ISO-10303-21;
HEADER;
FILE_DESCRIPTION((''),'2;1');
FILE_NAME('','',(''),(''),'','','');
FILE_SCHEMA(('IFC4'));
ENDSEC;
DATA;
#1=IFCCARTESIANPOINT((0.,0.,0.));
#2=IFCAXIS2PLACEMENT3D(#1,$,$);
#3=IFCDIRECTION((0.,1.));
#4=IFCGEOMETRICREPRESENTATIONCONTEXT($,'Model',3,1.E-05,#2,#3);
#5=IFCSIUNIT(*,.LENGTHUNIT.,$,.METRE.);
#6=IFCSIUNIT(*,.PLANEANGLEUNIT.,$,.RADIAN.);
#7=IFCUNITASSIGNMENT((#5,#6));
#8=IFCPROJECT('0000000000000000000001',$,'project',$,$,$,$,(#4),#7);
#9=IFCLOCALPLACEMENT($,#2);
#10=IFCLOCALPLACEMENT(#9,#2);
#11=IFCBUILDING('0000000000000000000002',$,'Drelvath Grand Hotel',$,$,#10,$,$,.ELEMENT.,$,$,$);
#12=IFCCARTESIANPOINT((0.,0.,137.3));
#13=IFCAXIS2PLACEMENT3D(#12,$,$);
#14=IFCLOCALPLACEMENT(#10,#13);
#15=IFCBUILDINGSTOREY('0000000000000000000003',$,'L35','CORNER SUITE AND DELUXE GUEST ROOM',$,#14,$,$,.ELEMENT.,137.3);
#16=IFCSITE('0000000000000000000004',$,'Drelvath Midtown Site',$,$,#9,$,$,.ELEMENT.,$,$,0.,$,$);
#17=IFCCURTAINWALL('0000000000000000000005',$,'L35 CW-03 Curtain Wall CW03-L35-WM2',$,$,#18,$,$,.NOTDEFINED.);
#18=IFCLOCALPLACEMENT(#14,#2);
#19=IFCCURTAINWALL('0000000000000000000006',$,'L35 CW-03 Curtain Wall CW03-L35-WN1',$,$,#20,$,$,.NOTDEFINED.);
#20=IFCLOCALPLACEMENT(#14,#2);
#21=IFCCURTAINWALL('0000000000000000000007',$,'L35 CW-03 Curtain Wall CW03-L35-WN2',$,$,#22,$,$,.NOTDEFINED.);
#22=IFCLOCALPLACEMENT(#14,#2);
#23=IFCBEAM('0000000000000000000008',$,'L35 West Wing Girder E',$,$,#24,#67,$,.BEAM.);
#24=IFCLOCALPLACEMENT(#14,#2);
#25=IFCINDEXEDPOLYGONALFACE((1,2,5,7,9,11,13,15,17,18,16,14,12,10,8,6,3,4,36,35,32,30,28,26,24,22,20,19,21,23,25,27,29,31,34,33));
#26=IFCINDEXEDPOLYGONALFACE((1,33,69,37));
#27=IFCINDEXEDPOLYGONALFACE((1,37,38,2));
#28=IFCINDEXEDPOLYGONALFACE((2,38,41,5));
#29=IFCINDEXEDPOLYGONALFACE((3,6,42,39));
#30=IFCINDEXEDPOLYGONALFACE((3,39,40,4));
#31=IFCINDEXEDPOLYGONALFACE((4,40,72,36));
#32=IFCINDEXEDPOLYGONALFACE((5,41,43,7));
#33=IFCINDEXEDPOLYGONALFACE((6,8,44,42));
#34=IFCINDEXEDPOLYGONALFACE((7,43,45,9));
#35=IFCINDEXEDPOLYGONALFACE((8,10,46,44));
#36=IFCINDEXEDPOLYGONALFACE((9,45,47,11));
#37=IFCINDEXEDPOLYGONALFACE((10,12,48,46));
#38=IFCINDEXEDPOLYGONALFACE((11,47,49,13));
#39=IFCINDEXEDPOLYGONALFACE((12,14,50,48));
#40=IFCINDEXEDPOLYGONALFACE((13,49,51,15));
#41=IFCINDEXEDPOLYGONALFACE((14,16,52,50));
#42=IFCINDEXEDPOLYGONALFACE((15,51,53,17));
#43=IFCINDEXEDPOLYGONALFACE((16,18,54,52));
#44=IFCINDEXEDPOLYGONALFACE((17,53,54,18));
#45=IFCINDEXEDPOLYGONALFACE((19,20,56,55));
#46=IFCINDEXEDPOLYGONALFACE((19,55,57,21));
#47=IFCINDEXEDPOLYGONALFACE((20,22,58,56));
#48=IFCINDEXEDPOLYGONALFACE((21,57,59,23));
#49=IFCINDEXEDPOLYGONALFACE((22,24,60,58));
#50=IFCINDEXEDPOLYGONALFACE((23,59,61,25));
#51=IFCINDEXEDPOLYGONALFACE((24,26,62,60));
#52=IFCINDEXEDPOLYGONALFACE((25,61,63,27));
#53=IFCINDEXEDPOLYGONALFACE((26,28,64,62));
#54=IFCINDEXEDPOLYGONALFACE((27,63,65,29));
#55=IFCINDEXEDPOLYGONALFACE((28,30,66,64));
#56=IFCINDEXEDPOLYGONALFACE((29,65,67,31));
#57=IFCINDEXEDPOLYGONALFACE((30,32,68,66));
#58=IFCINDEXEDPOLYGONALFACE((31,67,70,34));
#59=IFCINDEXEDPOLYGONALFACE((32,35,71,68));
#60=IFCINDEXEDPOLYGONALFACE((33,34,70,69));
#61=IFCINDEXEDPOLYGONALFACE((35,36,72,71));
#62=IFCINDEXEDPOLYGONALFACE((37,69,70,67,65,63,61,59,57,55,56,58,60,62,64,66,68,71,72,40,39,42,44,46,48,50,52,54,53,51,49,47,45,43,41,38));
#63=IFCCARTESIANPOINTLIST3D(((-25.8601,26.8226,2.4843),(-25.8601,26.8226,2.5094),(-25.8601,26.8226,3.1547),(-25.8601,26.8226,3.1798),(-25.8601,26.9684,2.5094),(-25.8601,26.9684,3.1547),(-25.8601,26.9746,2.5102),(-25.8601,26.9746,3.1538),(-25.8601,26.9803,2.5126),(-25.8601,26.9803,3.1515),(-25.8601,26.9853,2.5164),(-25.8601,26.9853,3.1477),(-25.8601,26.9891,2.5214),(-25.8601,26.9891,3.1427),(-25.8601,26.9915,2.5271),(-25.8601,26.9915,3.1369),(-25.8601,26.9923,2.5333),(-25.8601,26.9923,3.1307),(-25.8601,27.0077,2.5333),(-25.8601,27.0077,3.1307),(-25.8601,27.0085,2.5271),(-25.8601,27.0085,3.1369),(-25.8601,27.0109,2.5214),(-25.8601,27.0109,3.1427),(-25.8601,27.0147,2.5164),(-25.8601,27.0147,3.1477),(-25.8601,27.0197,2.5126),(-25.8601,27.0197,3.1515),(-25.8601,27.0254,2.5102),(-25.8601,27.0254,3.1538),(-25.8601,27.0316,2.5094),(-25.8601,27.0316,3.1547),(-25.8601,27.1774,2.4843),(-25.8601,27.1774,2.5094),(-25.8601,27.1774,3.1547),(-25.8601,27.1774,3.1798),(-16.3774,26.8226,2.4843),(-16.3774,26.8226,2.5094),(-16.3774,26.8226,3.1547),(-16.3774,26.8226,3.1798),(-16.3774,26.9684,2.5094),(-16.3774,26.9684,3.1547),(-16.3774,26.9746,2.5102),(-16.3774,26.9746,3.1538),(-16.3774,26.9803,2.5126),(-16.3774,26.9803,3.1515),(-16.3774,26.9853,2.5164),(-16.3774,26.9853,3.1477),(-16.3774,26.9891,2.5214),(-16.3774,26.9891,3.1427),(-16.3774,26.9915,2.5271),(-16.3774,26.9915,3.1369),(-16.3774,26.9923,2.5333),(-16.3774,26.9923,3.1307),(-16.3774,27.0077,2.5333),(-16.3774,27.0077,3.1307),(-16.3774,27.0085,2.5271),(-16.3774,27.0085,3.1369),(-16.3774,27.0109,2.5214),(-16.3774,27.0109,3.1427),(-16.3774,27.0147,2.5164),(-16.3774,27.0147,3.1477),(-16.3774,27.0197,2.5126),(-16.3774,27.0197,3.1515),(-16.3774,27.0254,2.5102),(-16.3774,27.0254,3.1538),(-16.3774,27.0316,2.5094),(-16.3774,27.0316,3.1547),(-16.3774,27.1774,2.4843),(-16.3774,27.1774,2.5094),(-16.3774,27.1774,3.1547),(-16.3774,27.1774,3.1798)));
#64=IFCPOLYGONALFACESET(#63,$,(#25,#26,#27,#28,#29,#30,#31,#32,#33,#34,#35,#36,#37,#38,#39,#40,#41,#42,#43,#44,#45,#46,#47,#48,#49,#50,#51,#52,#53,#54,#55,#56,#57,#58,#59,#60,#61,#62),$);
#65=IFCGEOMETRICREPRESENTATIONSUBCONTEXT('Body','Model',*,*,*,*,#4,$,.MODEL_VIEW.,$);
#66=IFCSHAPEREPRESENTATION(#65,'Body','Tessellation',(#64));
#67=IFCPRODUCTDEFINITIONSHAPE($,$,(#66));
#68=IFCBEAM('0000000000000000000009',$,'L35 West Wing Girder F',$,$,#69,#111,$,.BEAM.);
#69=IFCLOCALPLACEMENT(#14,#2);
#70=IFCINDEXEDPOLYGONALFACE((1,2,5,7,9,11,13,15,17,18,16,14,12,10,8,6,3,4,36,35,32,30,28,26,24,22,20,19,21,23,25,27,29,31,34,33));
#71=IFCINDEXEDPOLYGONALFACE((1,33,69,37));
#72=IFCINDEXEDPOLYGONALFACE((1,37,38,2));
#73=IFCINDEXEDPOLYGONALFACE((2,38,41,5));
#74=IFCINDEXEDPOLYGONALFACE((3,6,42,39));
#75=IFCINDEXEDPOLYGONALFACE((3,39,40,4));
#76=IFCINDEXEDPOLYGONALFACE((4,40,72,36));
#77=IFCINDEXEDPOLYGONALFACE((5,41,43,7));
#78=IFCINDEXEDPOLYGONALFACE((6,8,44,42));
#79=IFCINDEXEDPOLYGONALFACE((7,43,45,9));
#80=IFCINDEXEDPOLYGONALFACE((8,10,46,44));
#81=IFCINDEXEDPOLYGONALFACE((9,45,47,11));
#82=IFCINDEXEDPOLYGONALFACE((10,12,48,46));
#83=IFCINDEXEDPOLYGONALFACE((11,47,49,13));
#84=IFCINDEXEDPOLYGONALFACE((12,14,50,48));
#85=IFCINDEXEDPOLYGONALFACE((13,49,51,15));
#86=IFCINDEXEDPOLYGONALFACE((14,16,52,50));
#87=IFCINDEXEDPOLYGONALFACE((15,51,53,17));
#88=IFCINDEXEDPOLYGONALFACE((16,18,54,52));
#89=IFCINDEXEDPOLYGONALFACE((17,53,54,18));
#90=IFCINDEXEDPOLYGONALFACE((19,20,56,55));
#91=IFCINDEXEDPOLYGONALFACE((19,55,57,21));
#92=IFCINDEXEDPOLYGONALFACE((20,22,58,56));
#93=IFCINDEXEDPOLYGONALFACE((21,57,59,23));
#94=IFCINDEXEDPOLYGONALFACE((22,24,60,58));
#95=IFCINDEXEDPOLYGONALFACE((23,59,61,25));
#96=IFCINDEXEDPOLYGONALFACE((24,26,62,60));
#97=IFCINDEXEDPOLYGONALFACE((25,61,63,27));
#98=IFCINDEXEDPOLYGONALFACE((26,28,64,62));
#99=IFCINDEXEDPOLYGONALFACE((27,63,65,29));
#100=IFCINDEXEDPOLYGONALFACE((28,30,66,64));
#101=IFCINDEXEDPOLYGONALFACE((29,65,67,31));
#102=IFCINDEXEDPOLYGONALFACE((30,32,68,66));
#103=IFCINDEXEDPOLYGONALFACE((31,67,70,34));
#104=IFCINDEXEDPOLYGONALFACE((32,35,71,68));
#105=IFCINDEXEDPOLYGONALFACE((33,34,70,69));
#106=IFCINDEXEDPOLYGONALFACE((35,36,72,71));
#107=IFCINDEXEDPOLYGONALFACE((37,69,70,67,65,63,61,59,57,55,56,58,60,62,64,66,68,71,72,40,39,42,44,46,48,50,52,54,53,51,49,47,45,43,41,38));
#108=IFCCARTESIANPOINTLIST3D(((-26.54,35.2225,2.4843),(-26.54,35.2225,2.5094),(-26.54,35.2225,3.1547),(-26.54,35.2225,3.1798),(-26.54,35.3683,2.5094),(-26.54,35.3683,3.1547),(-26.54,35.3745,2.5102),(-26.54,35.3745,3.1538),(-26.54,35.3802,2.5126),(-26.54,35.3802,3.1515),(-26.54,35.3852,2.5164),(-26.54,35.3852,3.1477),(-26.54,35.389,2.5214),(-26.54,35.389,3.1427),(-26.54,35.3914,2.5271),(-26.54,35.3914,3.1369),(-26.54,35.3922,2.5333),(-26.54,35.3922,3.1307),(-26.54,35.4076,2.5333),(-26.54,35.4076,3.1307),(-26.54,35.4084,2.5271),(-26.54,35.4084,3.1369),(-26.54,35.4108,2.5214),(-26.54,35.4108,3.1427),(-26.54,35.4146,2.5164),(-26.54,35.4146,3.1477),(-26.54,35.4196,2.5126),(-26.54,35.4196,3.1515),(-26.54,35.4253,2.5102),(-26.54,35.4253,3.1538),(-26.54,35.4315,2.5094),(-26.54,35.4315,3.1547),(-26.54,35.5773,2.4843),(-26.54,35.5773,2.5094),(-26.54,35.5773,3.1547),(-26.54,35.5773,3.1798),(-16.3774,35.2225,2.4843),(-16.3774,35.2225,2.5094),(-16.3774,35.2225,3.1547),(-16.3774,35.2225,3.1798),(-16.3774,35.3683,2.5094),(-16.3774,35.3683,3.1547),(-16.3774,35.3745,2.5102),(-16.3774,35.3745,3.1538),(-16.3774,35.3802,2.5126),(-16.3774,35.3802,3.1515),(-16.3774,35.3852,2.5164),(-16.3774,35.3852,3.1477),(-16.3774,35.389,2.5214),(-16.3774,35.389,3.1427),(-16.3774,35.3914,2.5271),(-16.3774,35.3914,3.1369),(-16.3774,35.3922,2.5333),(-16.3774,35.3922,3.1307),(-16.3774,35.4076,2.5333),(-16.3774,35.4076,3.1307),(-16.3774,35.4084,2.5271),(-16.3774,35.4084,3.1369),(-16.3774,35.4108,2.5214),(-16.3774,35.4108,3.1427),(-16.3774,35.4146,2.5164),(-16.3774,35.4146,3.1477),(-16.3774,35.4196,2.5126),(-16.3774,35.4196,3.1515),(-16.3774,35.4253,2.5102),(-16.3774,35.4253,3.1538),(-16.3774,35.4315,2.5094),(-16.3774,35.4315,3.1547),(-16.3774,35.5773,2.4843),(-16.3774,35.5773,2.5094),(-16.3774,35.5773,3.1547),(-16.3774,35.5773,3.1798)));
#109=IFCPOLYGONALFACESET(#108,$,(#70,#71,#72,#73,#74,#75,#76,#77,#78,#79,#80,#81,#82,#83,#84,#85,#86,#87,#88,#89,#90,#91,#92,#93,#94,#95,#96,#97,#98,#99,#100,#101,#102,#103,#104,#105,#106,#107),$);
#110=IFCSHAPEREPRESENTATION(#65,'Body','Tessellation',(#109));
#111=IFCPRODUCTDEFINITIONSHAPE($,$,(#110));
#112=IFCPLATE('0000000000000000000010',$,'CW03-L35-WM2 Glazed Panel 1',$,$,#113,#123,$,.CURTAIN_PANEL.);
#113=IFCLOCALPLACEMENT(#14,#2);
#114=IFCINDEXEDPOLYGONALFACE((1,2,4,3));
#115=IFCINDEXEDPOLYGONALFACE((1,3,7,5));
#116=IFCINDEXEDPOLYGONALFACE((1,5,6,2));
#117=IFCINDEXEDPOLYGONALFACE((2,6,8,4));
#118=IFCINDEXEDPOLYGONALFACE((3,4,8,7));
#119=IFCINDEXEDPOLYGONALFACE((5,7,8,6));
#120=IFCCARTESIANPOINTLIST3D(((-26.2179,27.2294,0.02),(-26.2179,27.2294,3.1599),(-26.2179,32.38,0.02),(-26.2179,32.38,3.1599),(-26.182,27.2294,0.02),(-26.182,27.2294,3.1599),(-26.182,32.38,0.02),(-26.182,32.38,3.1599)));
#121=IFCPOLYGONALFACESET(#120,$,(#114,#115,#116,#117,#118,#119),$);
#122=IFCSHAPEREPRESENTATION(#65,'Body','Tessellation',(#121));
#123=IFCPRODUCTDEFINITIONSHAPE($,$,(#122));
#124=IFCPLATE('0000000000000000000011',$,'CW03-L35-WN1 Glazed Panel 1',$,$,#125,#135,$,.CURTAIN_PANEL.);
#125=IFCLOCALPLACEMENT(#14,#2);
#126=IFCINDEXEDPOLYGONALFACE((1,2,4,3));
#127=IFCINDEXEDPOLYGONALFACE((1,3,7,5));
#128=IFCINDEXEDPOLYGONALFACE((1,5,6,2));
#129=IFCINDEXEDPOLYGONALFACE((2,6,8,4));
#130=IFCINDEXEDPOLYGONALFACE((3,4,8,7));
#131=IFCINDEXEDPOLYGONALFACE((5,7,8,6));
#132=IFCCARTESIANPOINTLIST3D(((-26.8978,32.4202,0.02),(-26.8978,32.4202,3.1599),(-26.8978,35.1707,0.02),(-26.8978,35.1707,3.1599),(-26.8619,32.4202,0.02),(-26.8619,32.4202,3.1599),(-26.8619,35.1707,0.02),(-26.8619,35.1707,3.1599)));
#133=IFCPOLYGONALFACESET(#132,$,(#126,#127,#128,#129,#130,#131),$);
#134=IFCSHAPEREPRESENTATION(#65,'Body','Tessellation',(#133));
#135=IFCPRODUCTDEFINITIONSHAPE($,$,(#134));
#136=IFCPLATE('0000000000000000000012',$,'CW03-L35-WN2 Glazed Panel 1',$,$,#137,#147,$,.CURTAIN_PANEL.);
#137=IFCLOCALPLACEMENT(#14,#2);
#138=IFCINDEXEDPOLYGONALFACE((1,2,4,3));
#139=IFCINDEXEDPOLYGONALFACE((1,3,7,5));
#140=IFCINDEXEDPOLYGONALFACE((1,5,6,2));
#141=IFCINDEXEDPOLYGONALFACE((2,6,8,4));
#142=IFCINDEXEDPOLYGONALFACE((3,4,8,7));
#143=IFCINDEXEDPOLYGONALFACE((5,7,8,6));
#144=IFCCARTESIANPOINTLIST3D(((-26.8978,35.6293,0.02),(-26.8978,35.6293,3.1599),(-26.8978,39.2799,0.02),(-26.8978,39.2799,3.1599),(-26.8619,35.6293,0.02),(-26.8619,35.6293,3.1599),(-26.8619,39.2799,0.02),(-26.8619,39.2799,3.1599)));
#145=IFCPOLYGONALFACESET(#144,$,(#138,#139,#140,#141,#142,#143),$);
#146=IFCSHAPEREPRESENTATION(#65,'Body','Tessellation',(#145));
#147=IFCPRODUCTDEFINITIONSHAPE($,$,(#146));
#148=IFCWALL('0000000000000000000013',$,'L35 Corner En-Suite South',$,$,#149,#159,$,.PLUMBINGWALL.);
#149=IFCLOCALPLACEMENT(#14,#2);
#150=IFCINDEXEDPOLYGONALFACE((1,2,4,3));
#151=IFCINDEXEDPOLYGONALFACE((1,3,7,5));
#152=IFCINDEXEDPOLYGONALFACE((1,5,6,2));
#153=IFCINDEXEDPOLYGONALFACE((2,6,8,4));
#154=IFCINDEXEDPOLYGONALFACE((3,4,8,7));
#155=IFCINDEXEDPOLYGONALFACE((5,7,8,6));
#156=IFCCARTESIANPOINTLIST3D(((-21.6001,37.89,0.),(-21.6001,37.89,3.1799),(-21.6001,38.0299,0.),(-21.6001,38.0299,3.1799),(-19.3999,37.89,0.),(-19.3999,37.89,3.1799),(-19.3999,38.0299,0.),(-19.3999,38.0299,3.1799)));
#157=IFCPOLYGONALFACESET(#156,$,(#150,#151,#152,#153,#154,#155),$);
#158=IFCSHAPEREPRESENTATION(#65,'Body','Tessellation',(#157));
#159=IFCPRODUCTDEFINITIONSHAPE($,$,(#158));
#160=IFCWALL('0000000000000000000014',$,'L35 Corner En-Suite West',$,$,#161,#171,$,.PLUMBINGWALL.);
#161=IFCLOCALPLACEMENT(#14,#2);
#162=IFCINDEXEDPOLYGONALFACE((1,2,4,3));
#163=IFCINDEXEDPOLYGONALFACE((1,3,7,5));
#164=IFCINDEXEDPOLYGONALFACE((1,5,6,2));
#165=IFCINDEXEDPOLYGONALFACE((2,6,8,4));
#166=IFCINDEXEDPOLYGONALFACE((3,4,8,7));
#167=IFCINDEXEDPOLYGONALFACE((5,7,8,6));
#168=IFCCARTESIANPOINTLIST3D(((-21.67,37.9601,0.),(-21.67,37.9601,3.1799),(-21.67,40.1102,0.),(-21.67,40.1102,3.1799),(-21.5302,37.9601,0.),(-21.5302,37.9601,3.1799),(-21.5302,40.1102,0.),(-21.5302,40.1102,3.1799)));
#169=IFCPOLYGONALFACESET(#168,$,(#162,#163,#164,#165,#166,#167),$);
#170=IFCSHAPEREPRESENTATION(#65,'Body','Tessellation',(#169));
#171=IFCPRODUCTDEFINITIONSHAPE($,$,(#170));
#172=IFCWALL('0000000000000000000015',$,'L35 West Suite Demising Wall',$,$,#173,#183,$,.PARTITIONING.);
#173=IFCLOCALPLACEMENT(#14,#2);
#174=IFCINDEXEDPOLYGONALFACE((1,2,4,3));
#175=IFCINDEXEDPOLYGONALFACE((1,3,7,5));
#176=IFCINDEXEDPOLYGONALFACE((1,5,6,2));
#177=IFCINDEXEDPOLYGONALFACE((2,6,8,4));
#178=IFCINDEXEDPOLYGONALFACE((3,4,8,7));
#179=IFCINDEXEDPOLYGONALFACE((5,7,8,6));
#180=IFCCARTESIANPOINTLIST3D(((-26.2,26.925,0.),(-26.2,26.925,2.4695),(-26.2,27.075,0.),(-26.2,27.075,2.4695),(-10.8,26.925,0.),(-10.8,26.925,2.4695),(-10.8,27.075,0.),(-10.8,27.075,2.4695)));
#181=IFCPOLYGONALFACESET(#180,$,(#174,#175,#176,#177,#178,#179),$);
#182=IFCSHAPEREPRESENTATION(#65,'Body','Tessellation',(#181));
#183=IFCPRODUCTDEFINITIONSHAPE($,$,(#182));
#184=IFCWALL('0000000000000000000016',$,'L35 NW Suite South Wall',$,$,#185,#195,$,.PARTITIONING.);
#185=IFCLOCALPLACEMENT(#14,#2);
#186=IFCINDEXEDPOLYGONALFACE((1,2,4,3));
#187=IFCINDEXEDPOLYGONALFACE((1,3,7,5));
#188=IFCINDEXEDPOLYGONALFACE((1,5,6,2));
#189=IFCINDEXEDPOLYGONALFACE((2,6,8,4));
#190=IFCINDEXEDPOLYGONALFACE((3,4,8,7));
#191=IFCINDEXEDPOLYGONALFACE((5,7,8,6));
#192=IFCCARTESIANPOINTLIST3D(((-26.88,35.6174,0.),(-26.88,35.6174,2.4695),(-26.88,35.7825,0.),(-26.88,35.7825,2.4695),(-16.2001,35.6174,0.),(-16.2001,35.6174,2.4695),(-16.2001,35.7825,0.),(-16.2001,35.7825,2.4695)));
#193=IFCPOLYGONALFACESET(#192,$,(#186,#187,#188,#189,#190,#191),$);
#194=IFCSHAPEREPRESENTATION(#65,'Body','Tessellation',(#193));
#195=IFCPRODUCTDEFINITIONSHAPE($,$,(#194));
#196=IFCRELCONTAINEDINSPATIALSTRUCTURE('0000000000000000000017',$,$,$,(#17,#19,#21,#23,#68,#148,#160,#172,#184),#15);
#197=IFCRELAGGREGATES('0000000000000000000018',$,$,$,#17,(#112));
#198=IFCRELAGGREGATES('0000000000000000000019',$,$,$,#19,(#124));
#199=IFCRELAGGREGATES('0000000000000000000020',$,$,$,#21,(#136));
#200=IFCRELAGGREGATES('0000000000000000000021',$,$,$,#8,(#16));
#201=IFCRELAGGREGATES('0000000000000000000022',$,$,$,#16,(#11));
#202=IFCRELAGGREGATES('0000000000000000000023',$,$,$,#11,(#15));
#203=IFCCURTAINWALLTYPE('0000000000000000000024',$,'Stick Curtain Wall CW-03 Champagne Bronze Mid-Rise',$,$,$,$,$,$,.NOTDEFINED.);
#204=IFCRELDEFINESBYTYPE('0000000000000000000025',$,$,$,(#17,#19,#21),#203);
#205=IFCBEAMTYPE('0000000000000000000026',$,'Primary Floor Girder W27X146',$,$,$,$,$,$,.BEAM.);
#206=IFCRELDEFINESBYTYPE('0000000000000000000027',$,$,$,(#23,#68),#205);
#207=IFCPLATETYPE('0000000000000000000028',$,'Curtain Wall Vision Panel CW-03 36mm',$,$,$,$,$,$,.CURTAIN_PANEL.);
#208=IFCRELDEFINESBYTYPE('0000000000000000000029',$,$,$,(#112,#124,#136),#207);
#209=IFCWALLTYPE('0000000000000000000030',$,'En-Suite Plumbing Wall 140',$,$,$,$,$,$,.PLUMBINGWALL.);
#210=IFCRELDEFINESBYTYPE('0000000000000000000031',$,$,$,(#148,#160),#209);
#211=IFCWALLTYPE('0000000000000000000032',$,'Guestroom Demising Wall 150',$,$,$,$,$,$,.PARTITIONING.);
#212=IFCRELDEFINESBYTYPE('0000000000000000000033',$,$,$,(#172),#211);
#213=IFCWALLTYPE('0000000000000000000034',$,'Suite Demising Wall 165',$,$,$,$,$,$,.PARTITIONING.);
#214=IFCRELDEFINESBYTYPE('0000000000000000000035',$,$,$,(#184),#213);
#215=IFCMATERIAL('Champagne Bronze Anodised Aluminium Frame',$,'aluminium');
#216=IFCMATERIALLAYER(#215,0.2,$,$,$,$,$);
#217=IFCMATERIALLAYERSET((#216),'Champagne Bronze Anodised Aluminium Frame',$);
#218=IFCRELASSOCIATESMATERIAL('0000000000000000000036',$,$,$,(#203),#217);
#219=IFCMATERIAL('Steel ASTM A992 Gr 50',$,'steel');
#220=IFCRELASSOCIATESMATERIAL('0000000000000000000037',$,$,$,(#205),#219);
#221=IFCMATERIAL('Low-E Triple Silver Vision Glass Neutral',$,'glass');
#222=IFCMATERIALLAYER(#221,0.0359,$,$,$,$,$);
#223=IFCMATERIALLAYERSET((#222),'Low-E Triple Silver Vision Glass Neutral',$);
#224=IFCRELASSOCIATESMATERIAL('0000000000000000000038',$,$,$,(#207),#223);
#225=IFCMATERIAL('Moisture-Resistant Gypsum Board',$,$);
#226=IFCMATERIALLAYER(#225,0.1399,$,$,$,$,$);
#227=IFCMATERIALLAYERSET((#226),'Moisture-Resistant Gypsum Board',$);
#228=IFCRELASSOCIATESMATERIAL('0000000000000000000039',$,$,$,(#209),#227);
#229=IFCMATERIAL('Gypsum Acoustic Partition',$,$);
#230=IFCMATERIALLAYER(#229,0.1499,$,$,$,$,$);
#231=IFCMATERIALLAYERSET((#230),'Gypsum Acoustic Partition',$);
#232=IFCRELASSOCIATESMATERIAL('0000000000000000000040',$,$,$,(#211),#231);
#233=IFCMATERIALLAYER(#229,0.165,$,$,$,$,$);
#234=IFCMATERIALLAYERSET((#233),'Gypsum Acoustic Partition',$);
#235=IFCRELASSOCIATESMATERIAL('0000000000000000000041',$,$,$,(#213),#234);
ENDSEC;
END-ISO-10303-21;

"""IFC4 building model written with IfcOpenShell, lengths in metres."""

from ifc_helpers import new_model, si_unit, direction, frame, frame_2d, origin, origin_2d, place, context, subcontext, project, spatial, rectangle, i_section, extrude, material, layer, layer_set, material_profile, profile_set, type_object, element, aggregate, save


model = new_model("IFC4")

# Units and contexts
model_context = context("Model", 3, precision=1e-05, world=origin(), true_north=direction((0.0, 1.0)))
body_context = subcontext(model_context, "Body", "Model", "MODEL_VIEW")
ifc_project = project(units=[si_unit("LENGTHUNIT", "METRE"), si_unit("PLANEANGLEUNIT", "RADIAN")], contexts=[model_context])

# Site, building, storey
site_placement = place(None, origin())
site = spatial("IfcSite", under=ifc_project, at=site_placement, Name="Drelvath Midtown Site", CompositionType="ELEMENT", RefElevation=0.0)
building_placement = place(site_placement, origin())
building = spatial("IfcBuilding", under=site, at=building_placement, Name="Drelvath Grand Hotel", CompositionType="ELEMENT")
storey_placement = place(building_placement, frame((0.0, 0.0, 137.3)))
storey = spatial("IfcBuildingStorey", under=building, at=storey_placement, Name="L35", Description="CORNER SUITE AND DELUXE GUEST ROOM", CompositionType="ELEMENT", Elevation=137.3)

# Curtain walls
ifc_material_1 = material(Name="Champagne Bronze Anodised Aluminium Frame", Category="aluminium")
ifc_layer_1 = layer(ifc_material_1, 0.2)
ifc_layer_set_1 = layer_set([ifc_layer_1], Name="Champagne Bronze Anodised Aluminium Frame")
curtain_wall_type = type_object("IfcCurtainWallType", Name="Stick Curtain Wall CW-03 Champagne Bronze Mid-Rise", PredefinedType="NOTDEFINED", material=ifc_layer_set_1)
curtain_wall_1_placement = place(storey_placement, origin())
curtain_wall_1 = element("IfcCurtainWall", 1, at=curtain_wall_1_placement, inside=storey, type_object=curtain_wall_type, Name="L35 CW-03 Curtain Wall CW03-L35-WM2", PredefinedType="NOTDEFINED")
curtain_wall_2_placement = place(storey_placement, origin())
curtain_wall_2 = element("IfcCurtainWall", 2, at=curtain_wall_2_placement, inside=storey, type_object=curtain_wall_type, Name="L35 CW-03 Curtain Wall CW03-L35-WN1", PredefinedType="NOTDEFINED")
curtain_wall_3_placement = place(storey_placement, origin())
curtain_wall_3 = element("IfcCurtainWall", 3, at=curtain_wall_3_placement, inside=storey, type_object=curtain_wall_type, Name="L35 CW-03 Curtain Wall CW03-L35-WN2", PredefinedType="NOTDEFINED")

# Beams
ifc_material_2 = material(Name="Steel ASTM A992 Gr 50", Category="steel")
ifc_material_profile_1 = material_profile(ifc_material_2, i_section(OverallWidth=0.3547, OverallDepth=0.6956, WebThickness=0.0154, FlangeThickness=0.0251, FilletRadius=0.0239, at=origin_2d()), Name="W27X146")
ifc_profile_set_1 = profile_set([ifc_material_profile_1], Name="Steel ASTM A992 Gr 50")
beam_type_1 = type_object("IfcBeamType", Name="Primary Floor Girder W27X146", PredefinedType="BEAM", material=ifc_profile_set_1)
beam_1_placement = place(storey_placement, frame((-25.8601, 27.0, 2.832), z_axis=(1.0, 0.0, 0.0), x_axis=(0.0, 1.0, 0.0)))
element("IfcBeam", 4, at=beam_1_placement, inside=storey, type_object=beam_type_1, Name="L35 West Wing Girder E", PredefinedType="BEAM", context=body_context, shape_type="SweptSolid", body=[
    extrude(i_section(OverallWidth=0.3547, OverallDepth=0.6956, WebThickness=0.0154, FlangeThickness=0.0251, FilletRadius=0.0239, at=origin_2d()), origin(), (0.0, 0.0, 1.0), 9.4827),
])
beam_2_placement = place(storey_placement, frame((-26.54, 35.3999, 2.832), z_axis=(1.0, 0.0, 0.0), x_axis=(0.0, 1.0, 0.0)))
element("IfcBeam", 5, at=beam_2_placement, inside=storey, type_object=beam_type_1, Name="L35 West Wing Girder F", PredefinedType="BEAM", context=body_context, shape_type="SweptSolid", body=[
    extrude(i_section(OverallWidth=0.3547, OverallDepth=0.6956, WebThickness=0.0154, FlangeThickness=0.0251, FilletRadius=0.0239, at=origin_2d()), origin(), (0.0, 0.0, 1.0), 10.1626),
])

# Plates
ifc_material_3 = material(Name="Low-E Triple Silver Vision Glass Neutral", Category="glass")
ifc_layer_2 = layer(ifc_material_3, 0.0359)
ifc_layer_set_2 = layer_set([ifc_layer_2], Name="Low-E Triple Silver Vision Glass Neutral")
plate_type = type_object("IfcPlateType", Name="Curtain Wall Vision Panel CW-03 36mm", PredefinedType="CURTAIN_PANEL", material=ifc_layer_set_2)
plate_1_placement = place(storey_placement, frame((-26.2, 29.8047, 0.02), z_axis=(0.0, 0.0, 1.0), x_axis=(0.0, 1.0, 0.0)))
plate_1 = element("IfcPlate", 6, at=plate_1_placement, type_object=plate_type, Name="CW03-L35-WM2 Glazed Panel 1", PredefinedType="CURTAIN_PANEL", context=body_context, shape_type="SweptSolid", body=[
    extrude(rectangle(XDim=5.1506, YDim=0.0359, at=origin_2d()), origin(), (0.0, 0.0, 1.0), 3.1399),
])
aggregate(curtain_wall_1, [plate_1])
plate_2_placement = place(storey_placement, frame((-26.8799, 33.7954, 0.02), z_axis=(0.0, 0.0, 1.0), x_axis=(0.0, 1.0, 0.0)))
plate_2 = element("IfcPlate", 7, at=plate_2_placement, type_object=plate_type, Name="CW03-L35-WN1 Glazed Panel 1", PredefinedType="CURTAIN_PANEL", context=body_context, shape_type="SweptSolid", body=[
    extrude(rectangle(XDim=2.7505, YDim=0.0359, at=origin_2d()), origin(), (0.0, 0.0, 1.0), 3.1399),
])
aggregate(curtain_wall_2, [plate_2])
plate_3_placement = place(storey_placement, frame((-26.8799, 37.4546, 0.02), z_axis=(0.0, 0.0, 1.0), x_axis=(0.0, 1.0, 0.0)))
plate_3 = element("IfcPlate", 8, at=plate_3_placement, type_object=plate_type, Name="CW03-L35-WN2 Glazed Panel 1", PredefinedType="CURTAIN_PANEL", context=body_context, shape_type="SweptSolid", body=[
    extrude(rectangle(XDim=3.6506, YDim=0.0359, at=origin_2d()), origin(), (0.0, 0.0, 1.0), 3.1399),
])
aggregate(curtain_wall_3, [plate_3])

# Walls
ifc_material_4 = material(Name="Moisture-Resistant Gypsum Board")
ifc_layer_3 = layer(ifc_material_4, 0.1399)
ifc_layer_set_3 = layer_set([ifc_layer_3], Name="Moisture-Resistant Gypsum Board")
wall_type_1 = type_object("IfcWallType", Name="En-Suite Plumbing Wall 140", PredefinedType="PLUMBINGWALL", material=ifc_layer_set_3)
wall_1_placement = place(storey_placement, frame((-21.6001, 37.96, 0.0), z_axis=(0.0, 0.0, 1.0), x_axis=(1.0, 0.0, 0.0)))
element("IfcWall", 9, at=wall_1_placement, inside=storey, type_object=wall_type_1, Name="L35 Corner En-Suite South", PredefinedType="PLUMBINGWALL", context=body_context, shape_type="SweptSolid", body=[
    extrude(rectangle(XDim=2.2002, YDim=0.1399, at=frame_2d((1.1001, 0.0))), origin(), (0.0, 0.0, 1.0), 3.1799),
])
wall_2_placement = place(storey_placement, frame((-21.6001, 37.96, 0.0), z_axis=(0.0, 0.0, 1.0), x_axis=(0.0, 1.0, 0.0)))
element("IfcWall", 10, at=wall_2_placement, inside=storey, type_object=wall_type_1, Name="L35 Corner En-Suite West", PredefinedType="PLUMBINGWALL", context=body_context, shape_type="SweptSolid", body=[
    extrude(rectangle(XDim=2.1501, YDim=0.1399, at=frame_2d((1.0752, 0.0))), origin(), (0.0, 0.0, 1.0), 3.1799),
])
ifc_material_5 = material(Name="Gypsum Acoustic Partition")
ifc_layer_4 = layer(ifc_material_5, 0.1499)
ifc_layer_set_4 = layer_set([ifc_layer_4], Name="Gypsum Acoustic Partition")
wall_type_2 = type_object("IfcWallType", Name="Guestroom Demising Wall 150", PredefinedType="PARTITIONING", material=ifc_layer_set_4)
wall_3_placement = place(storey_placement, frame((-26.2, 27.0, 0.0), z_axis=(0.0, 0.0, 1.0), x_axis=(1.0, 0.0, 0.0)))
element("IfcWall", 11, at=wall_3_placement, inside=storey, type_object=wall_type_2, Name="L35 West Suite Demising Wall", PredefinedType="PARTITIONING", context=body_context, shape_type="SweptSolid", body=[
    extrude(rectangle(XDim=15.3999, YDim=0.1499, at=frame_2d((7.7, 0.0))), origin(), (0.0, 0.0, 1.0), 2.4695),
])
ifc_layer_5 = layer(ifc_material_5, 0.165)
ifc_layer_set_5 = layer_set([ifc_layer_5], Name="Gypsum Acoustic Partition")
wall_type_3 = type_object("IfcWallType", Name="Suite Demising Wall 165", PredefinedType="PARTITIONING", material=ifc_layer_set_5)
wall_4_placement = place(storey_placement, frame((-26.8799, 35.7, 0.0), z_axis=(0.0, 0.0, 1.0), x_axis=(1.0, 0.0, 0.0)))
element("IfcWall", 12, at=wall_4_placement, inside=storey, type_object=wall_type_3, Name="L35 NW Suite South Wall", PredefinedType="PARTITIONING", context=body_context, shape_type="SweptSolid", body=[
    extrude(rectangle(XDim=10.6799, YDim=0.165, at=frame_2d((5.3398, 0.0))), origin(), (0.0, 0.0, 1.0), 2.4695),
])

save(model, "model.ifc")
